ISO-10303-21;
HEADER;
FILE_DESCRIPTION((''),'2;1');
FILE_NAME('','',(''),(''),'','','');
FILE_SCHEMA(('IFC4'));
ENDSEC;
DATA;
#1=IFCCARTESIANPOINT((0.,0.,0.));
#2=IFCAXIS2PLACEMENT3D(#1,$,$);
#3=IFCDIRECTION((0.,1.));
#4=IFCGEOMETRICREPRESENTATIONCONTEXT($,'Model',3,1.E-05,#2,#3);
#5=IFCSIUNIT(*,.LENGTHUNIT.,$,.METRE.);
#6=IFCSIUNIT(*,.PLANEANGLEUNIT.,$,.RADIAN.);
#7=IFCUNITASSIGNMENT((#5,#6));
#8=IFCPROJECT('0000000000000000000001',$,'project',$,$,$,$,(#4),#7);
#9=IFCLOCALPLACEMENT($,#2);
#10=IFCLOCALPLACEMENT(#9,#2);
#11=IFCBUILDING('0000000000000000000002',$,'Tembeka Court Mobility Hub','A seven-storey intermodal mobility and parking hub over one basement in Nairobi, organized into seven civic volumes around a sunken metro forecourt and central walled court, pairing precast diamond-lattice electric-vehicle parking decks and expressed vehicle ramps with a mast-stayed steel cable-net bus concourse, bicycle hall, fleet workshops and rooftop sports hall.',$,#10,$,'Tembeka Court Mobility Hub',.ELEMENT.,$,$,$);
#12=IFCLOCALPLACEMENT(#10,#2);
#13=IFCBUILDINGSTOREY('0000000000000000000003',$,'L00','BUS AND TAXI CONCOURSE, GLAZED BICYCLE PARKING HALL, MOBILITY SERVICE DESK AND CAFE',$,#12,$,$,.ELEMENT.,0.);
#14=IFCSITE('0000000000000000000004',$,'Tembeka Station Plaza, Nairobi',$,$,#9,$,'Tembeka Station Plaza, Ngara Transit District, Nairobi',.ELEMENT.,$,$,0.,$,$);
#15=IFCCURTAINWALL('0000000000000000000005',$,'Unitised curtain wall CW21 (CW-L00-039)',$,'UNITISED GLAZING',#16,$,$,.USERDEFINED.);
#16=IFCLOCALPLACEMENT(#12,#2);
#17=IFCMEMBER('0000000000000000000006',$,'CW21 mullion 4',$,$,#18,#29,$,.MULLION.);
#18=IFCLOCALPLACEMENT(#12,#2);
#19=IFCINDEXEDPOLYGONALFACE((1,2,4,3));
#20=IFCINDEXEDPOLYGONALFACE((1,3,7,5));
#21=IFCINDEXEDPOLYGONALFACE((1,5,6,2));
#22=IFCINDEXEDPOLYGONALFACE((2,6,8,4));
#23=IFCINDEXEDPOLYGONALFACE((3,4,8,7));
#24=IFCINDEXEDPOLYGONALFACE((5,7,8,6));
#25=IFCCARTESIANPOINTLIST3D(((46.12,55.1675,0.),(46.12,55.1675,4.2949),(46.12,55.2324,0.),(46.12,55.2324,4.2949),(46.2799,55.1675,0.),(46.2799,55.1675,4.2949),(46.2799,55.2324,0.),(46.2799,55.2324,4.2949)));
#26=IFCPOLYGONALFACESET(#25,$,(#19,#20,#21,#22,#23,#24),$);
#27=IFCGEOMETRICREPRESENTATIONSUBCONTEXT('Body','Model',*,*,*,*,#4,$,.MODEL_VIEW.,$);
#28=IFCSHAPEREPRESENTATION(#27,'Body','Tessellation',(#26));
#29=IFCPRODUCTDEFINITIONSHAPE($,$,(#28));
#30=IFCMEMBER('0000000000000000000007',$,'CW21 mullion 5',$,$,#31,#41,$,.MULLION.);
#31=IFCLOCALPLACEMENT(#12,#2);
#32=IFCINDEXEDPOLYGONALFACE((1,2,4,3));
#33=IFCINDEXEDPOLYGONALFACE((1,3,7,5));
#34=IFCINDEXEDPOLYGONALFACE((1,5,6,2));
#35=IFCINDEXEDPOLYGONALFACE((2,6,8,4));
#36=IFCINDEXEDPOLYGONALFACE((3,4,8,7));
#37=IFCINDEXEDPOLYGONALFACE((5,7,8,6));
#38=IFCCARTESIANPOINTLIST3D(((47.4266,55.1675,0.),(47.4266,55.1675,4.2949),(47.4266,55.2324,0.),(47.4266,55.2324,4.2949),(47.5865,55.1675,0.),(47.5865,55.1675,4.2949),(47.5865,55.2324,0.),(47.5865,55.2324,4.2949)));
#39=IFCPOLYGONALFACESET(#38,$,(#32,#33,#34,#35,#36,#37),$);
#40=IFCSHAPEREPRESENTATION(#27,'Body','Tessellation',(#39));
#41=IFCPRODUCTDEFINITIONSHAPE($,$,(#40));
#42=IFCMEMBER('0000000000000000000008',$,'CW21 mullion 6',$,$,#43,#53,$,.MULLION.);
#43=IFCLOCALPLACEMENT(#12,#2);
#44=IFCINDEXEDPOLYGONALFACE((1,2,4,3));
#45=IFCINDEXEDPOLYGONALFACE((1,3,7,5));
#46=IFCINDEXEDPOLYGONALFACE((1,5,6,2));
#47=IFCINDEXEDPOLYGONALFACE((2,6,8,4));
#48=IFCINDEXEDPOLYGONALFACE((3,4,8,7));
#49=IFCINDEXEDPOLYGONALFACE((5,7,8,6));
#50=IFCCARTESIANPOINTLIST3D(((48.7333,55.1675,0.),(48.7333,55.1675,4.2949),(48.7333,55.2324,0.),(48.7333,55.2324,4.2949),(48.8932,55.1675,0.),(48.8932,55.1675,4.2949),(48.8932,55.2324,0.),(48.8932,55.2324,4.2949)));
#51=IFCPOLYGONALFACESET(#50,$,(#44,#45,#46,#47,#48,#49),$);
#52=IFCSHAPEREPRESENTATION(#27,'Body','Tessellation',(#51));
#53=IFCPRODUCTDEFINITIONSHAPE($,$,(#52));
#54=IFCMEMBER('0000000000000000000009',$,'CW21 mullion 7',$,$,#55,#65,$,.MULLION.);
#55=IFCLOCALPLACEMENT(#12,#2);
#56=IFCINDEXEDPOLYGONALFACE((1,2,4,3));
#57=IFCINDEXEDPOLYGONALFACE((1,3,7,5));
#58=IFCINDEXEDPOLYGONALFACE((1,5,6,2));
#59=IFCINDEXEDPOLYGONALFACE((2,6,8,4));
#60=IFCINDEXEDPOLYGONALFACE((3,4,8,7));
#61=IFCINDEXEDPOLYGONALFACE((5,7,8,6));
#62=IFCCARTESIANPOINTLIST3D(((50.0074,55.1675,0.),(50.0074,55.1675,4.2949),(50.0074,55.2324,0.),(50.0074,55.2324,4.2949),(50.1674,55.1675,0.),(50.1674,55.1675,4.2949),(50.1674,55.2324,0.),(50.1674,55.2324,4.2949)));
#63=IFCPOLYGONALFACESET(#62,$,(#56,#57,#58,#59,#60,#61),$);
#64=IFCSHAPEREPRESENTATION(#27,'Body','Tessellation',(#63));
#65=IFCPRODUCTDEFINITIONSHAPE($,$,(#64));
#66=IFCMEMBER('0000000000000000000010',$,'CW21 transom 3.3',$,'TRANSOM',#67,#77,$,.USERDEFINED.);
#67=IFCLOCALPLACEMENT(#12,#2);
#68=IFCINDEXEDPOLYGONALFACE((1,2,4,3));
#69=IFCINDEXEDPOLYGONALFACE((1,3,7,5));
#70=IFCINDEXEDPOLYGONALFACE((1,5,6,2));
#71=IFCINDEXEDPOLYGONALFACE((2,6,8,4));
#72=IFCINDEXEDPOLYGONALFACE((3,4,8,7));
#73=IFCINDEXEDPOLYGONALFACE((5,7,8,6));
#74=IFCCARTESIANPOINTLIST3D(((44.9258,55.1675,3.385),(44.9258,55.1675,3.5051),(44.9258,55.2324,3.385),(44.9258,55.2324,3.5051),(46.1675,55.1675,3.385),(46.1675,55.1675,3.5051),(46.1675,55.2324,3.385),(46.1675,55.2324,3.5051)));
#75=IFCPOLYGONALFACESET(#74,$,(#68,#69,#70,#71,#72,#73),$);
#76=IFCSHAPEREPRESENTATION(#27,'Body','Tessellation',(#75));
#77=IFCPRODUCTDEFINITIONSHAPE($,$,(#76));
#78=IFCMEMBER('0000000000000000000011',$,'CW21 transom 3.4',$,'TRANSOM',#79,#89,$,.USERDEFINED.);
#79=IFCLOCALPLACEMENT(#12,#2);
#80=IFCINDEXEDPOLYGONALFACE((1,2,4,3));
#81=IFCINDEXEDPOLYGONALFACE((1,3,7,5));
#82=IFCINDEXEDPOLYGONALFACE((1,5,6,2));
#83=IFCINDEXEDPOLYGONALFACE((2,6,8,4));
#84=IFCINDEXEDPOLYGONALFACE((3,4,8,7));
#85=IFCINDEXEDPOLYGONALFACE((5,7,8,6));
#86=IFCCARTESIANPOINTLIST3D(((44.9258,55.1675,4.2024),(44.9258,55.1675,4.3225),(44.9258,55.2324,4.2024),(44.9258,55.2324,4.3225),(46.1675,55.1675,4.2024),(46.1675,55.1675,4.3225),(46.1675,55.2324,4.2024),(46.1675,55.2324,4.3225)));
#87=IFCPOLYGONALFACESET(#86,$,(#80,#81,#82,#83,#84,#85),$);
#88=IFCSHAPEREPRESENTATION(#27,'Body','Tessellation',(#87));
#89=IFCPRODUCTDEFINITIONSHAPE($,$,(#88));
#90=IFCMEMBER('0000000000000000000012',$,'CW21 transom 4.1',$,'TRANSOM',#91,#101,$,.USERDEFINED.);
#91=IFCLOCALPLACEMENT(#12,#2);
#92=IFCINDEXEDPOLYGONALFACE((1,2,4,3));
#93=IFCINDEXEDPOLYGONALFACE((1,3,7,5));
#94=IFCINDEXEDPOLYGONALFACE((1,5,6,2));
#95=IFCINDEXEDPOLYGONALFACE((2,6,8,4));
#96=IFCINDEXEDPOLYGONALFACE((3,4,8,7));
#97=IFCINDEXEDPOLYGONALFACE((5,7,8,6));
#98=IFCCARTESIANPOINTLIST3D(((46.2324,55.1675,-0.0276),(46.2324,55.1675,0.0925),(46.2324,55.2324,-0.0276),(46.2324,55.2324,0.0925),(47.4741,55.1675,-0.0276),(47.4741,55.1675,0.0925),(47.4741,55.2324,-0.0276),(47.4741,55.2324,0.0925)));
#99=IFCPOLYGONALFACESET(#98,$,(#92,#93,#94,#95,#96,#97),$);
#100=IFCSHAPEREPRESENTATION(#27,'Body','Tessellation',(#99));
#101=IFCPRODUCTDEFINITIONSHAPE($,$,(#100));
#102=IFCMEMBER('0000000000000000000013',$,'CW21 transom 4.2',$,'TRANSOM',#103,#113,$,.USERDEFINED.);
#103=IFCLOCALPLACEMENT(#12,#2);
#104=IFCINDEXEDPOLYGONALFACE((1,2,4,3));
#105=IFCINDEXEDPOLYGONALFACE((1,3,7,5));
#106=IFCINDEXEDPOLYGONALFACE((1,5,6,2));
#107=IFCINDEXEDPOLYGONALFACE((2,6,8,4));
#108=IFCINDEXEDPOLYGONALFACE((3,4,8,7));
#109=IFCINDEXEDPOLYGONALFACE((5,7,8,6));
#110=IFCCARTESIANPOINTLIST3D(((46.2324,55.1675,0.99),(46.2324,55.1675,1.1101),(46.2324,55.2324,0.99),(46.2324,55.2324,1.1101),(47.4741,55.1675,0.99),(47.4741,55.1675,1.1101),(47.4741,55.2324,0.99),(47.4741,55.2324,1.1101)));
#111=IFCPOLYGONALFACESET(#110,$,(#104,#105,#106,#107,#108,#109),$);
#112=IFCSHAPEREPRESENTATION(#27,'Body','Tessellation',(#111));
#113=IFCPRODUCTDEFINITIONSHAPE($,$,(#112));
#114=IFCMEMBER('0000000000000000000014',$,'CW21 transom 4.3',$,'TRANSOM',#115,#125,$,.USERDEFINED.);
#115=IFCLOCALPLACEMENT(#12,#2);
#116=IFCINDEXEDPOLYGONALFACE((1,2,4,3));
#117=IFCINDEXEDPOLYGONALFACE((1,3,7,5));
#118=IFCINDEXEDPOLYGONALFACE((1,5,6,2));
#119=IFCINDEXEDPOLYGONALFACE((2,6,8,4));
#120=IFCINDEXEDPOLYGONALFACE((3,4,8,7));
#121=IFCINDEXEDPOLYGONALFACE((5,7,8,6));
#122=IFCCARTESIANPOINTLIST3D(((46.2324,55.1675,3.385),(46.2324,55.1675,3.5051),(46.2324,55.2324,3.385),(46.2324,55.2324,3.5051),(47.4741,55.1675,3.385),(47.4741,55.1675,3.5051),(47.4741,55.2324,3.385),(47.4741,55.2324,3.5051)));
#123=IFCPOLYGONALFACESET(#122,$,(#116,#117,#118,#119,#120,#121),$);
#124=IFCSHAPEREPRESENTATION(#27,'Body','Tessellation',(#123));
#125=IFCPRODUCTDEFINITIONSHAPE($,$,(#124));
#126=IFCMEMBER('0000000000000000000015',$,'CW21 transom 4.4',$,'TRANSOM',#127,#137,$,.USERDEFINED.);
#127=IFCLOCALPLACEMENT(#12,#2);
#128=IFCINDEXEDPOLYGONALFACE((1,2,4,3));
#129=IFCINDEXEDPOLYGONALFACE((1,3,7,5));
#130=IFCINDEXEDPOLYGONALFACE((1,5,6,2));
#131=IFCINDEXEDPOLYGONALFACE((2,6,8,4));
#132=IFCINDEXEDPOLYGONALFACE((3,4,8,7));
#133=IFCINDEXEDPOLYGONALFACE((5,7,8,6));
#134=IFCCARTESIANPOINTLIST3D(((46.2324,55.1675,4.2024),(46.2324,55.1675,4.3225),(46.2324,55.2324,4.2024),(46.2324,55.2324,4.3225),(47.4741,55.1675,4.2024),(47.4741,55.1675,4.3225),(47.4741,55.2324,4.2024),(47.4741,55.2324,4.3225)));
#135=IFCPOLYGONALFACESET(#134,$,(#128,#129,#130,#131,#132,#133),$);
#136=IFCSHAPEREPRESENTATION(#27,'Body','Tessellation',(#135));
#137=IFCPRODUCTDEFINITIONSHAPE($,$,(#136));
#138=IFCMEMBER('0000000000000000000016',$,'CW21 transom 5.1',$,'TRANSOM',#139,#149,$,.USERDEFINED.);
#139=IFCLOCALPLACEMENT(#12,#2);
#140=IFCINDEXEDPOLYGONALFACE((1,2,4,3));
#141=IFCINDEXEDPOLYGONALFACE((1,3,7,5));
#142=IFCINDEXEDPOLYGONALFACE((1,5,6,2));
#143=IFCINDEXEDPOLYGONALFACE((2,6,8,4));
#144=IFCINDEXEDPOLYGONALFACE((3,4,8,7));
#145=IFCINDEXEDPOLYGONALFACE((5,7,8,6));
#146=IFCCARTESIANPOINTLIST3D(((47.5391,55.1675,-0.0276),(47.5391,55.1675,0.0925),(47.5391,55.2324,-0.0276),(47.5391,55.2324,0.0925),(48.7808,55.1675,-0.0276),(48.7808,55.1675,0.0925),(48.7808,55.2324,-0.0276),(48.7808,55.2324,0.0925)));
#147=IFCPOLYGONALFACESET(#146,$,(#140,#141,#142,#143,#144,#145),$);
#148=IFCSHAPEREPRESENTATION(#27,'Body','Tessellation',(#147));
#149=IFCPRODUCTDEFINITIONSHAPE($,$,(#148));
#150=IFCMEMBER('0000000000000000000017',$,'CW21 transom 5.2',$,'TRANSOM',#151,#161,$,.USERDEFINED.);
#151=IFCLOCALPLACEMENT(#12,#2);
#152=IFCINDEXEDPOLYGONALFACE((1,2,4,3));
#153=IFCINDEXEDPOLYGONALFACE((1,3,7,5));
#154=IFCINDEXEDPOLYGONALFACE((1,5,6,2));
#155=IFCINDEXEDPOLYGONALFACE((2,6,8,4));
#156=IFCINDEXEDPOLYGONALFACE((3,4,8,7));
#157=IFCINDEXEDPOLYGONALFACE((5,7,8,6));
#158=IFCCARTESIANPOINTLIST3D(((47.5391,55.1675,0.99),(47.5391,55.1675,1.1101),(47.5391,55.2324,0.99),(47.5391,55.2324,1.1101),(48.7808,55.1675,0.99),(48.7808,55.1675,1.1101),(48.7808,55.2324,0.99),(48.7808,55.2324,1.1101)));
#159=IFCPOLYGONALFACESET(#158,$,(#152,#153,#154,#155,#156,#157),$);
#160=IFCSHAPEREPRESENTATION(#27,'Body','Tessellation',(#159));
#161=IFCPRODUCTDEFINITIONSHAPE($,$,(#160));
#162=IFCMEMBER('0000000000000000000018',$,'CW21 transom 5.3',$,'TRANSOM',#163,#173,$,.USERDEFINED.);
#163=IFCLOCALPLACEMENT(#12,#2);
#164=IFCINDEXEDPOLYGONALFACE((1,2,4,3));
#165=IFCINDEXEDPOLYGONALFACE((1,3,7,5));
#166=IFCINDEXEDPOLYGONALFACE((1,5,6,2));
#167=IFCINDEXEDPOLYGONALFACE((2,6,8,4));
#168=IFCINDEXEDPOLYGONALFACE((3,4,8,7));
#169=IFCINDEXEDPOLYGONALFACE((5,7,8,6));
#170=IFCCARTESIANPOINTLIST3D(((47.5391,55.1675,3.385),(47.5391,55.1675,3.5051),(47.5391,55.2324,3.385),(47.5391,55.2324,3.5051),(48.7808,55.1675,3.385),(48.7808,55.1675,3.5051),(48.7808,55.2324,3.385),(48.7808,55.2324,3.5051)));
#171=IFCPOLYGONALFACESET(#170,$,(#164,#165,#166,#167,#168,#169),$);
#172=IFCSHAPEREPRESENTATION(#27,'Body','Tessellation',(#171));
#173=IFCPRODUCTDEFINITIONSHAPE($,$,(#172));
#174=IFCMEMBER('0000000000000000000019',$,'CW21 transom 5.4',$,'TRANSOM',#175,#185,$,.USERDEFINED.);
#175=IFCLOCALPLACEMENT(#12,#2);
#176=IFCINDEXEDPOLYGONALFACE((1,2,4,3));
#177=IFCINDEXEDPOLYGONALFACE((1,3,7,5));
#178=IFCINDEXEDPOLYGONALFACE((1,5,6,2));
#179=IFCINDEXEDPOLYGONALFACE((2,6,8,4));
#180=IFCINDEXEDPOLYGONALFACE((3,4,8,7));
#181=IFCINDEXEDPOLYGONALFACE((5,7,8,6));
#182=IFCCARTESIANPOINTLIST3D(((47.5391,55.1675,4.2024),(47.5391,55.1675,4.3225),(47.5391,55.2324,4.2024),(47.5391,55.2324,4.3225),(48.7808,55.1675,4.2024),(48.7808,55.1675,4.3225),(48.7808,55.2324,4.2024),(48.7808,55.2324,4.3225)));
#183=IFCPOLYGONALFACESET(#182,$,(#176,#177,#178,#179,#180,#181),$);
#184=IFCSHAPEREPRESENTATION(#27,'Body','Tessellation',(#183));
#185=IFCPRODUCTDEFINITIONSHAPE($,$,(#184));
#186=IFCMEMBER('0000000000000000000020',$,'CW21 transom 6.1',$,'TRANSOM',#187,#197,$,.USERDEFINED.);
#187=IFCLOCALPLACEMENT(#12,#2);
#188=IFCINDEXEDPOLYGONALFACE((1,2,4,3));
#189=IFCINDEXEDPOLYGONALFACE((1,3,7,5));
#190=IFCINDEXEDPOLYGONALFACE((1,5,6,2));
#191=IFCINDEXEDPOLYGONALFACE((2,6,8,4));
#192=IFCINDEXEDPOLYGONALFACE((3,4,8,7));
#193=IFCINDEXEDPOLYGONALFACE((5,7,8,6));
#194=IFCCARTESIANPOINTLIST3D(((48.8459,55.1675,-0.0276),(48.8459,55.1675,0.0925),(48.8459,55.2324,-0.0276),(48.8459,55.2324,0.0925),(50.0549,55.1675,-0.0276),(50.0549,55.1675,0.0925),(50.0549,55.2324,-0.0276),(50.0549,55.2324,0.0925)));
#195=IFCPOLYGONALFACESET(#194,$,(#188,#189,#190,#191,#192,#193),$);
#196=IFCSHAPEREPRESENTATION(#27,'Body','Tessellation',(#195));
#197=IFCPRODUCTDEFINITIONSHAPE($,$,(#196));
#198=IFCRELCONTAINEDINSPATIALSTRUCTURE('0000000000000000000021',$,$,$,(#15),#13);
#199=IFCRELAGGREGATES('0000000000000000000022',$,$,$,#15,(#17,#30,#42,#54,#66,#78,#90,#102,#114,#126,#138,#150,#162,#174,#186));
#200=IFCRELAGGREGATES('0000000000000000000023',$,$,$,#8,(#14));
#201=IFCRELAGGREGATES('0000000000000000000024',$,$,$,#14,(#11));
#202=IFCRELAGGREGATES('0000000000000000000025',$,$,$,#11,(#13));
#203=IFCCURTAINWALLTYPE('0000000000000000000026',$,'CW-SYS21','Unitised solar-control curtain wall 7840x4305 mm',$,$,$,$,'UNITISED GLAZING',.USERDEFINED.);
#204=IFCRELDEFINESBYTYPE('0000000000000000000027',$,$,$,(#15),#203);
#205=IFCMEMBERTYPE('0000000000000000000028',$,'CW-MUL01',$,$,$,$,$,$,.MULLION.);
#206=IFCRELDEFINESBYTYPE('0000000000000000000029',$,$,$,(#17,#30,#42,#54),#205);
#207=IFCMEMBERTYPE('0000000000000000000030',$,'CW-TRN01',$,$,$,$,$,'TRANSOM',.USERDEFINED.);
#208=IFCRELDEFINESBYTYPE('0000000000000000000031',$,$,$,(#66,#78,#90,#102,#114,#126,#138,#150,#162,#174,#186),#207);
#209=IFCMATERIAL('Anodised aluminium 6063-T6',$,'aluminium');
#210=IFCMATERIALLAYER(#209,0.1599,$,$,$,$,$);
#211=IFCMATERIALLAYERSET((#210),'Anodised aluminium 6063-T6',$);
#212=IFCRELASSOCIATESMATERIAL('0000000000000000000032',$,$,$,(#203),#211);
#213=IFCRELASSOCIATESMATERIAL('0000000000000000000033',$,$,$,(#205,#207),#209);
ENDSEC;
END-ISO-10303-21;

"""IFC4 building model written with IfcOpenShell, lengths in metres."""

from ifc_helpers import new_model, si_unit, direction, frame, origin, origin_2d, place, context, subcontext, project, spatial, rectangle, extrude, material, layer, layer_set, material_profile, profile_set, type_object, element, aggregate, save


model = new_model("IFC4")

# Units and contexts
model_context = context("Model", 3, precision=1e-05, world=origin(), true_north=direction((0.0, 1.0)))
body_context = subcontext(model_context, "Body", "Model", "MODEL_VIEW")
ifc_project = project(units=[si_unit("LENGTHUNIT", "METRE"), si_unit("PLANEANGLEUNIT", "RADIAN")], contexts=[model_context])

# Site, building, storey
site_placement = place(None, origin())
site = spatial("IfcSite", under=ifc_project, at=site_placement, Name="Tembeka Station Plaza, Nairobi", LongName="Tembeka Station Plaza, Ngara Transit District, Nairobi", CompositionType="ELEMENT", RefElevation=0.0)
building_placement = place(site_placement, origin())
building = spatial("IfcBuilding", under=site, at=building_placement, Name="Tembeka Court Mobility Hub", Description="A seven-storey intermodal mobility and parking hub over one basement in Nairobi, organized into seven civic volumes around a sunken metro forecourt and central walled court, pairing precast diamond-lattice electric-vehicle parking decks and expressed vehicle ramps with a mast-stayed steel cable-net bus concourse, bicycle hall, fleet workshops and rooftop sports hall.", LongName="Tembeka Court Mobility Hub", CompositionType="ELEMENT")
storey_placement = place(building_placement, origin())
storey = spatial("IfcBuildingStorey", under=building, at=storey_placement, Name="L00", Description="BUS AND TAXI CONCOURSE, GLAZED BICYCLE PARKING HALL, MOBILITY SERVICE DESK AND CAFE", CompositionType="ELEMENT", Elevation=0.0)

# Curtain wall, members
ifc_material_1 = material(Name="Anodised aluminium 6063-T6", Category="aluminium")
ifc_layer_1 = layer(ifc_material_1, 0.1599)
ifc_layer_set_1 = layer_set([ifc_layer_1], Name="Anodised aluminium 6063-T6")
curtain_wall_type = type_object("IfcCurtainWallType", Name="CW-SYS21", Description="Unitised solar-control curtain wall 7840x4305 mm", ElementType="UNITISED GLAZING", PredefinedType="USERDEFINED", material=ifc_layer_set_1)
curtain_wall_placement = place(storey_placement, origin())
curtain_wall = element("IfcCurtainWall", 1, at=curtain_wall_placement, inside=storey, type_object=curtain_wall_type, Name="Unitised curtain wall CW21 (CW-L00-039)", ObjectType="UNITISED GLAZING", PredefinedType="USERDEFINED")
ifc_material_profile_1 = material_profile(ifc_material_1, rectangle(XDim=0.0649, YDim=0.1599, at=origin_2d()), Name="ALU-MUL 65x160")
ifc_profile_set_1 = profile_set([ifc_material_profile_1], Name="Anodised aluminium 6063-T6")
member_type_1 = type_object("IfcMemberType", Name="CW-MUL01", PredefinedType="MULLION", material=ifc_profile_set_1)
member_1_placement = place(storey_placement, frame((46.2, 55.2, 0.0), z_axis=(0.0, 0.0, 1.0), x_axis=(0.0, 1.0, 0.0)))
member_1 = element("IfcMember", 2, at=member_1_placement, type_object=member_type_1, Name="CW21 mullion 4", PredefinedType="MULLION", context=body_context, shape_type="SweptSolid", body=[
    extrude(rectangle(XDim=0.0649, YDim=0.1599, at=origin_2d()), origin(), (0.0, 0.0, 1.0), 4.2949),
])
member_2_placement = place(storey_placement, frame((47.5066, 55.2, 0.0), z_axis=(0.0, 0.0, 1.0), x_axis=(0.0, 1.0, 0.0)))
member_2 = element("IfcMember", 3, at=member_2_placement, type_object=member_type_1, Name="CW21 mullion 5", PredefinedType="MULLION", context=body_context, shape_type="SweptSolid", body=[
    extrude(rectangle(XDim=0.0649, YDim=0.1599, at=origin_2d()), origin(), (0.0, 0.0, 1.0), 4.2949),
])
member_3_placement = place(storey_placement, frame((48.8132, 55.2, 0.0), z_axis=(0.0, 0.0, 1.0), x_axis=(0.0, 1.0, 0.0)))
member_3 = element("IfcMember", 4, at=member_3_placement, type_object=member_type_1, Name="CW21 mullion 6", PredefinedType="MULLION", context=body_context, shape_type="SweptSolid", body=[
    extrude(rectangle(XDim=0.0649, YDim=0.1599, at=origin_2d()), origin(), (0.0, 0.0, 1.0), 4.2949),
])
member_4_placement = place(storey_placement, frame((50.0874, 55.2, 0.0), z_axis=(0.0, 0.0, 1.0), x_axis=(0.0, 1.0, 0.0)))
member_4 = element("IfcMember", 5, at=member_4_placement, type_object=member_type_1, Name="CW21 mullion 7", PredefinedType="MULLION", context=body_context, shape_type="SweptSolid", body=[
    extrude(rectangle(XDim=0.0649, YDim=0.1599, at=origin_2d()), origin(), (0.0, 0.0, 1.0), 4.2949),
])
ifc_material_profile_2 = material_profile(ifc_material_1, rectangle(XDim=0.0649, YDim=0.1201, at=origin_2d()), Name="ALU-TRN 65x120")
ifc_profile_set_2 = profile_set([ifc_material_profile_2], Name="Anodised aluminium 6063-T6")
member_type_2 = type_object("IfcMemberType", Name="CW-TRN01", ElementType="TRANSOM", PredefinedType="USERDEFINED", material=ifc_profile_set_2)
member_5_placement = place(storey_placement, frame((44.9258, 55.2, 3.4451), z_axis=(1.0, 0.0, 0.0), x_axis=(0.0, 1.0, 0.0)))
member_5 = element("IfcMember", 6, at=member_5_placement, type_object=member_type_2, Name="CW21 transom 3.3", ObjectType="TRANSOM", PredefinedType="USERDEFINED", context=body_context, shape_type="SweptSolid", body=[
    extrude(rectangle(XDim=0.0649, YDim=0.1201, at=origin_2d()), origin(), (0.0, 0.0, 1.0), 1.2417),
])
member_6_placement = place(storey_placement, frame((44.9258, 55.2, 4.2625), z_axis=(1.0, 0.0, 0.0), x_axis=(0.0, 1.0, 0.0)))
member_6 = element("IfcMember", 7, at=member_6_placement, type_object=member_type_2, Name="CW21 transom 3.4", ObjectType="TRANSOM", PredefinedType="USERDEFINED", context=body_context, shape_type="SweptSolid", body=[
    extrude(rectangle(XDim=0.0649, YDim=0.1201, at=origin_2d()), origin(), (0.0, 0.0, 1.0), 1.2417),
])
member_7_placement = place(storey_placement, frame((46.2324, 55.2, 0.0325), z_axis=(1.0, 0.0, 0.0), x_axis=(0.0, 1.0, 0.0)))
member_7 = element("IfcMember", 8, at=member_7_placement, type_object=member_type_2, Name="CW21 transom 4.1", ObjectType="TRANSOM", PredefinedType="USERDEFINED", context=body_context, shape_type="SweptSolid", body=[
    extrude(rectangle(XDim=0.0649, YDim=0.1201, at=origin_2d()), origin(), (0.0, 0.0, 1.0), 1.2417),
])
member_8_placement = place(storey_placement, frame((46.2324, 55.2, 1.05), z_axis=(1.0, 0.0, 0.0), x_axis=(0.0, 1.0, 0.0)))
member_8 = element("IfcMember", 9, at=member_8_placement, type_object=member_type_2, Name="CW21 transom 4.2", ObjectType="TRANSOM", PredefinedType="USERDEFINED", context=body_context, shape_type="SweptSolid", body=[
    extrude(rectangle(XDim=0.0649, YDim=0.1201, at=origin_2d()), origin(), (0.0, 0.0, 1.0), 1.2417),
])
member_9_placement = place(storey_placement, frame((46.2324, 55.2, 3.4451), z_axis=(1.0, 0.0, 0.0), x_axis=(0.0, 1.0, 0.0)))
member_9 = element("IfcMember", 10, at=member_9_placement, type_object=member_type_2, Name="CW21 transom 4.3", ObjectType="TRANSOM", PredefinedType="USERDEFINED", context=body_context, shape_type="SweptSolid", body=[
    extrude(rectangle(XDim=0.0649, YDim=0.1201, at=origin_2d()), origin(), (0.0, 0.0, 1.0), 1.2417),
])
member_10_placement = place(storey_placement, frame((46.2324, 55.2, 4.2625), z_axis=(1.0, 0.0, 0.0), x_axis=(0.0, 1.0, 0.0)))
member_10 = element("IfcMember", 11, at=member_10_placement, type_object=member_type_2, Name="CW21 transom 4.4", ObjectType="TRANSOM", PredefinedType="USERDEFINED", context=body_context, shape_type="SweptSolid", body=[
    extrude(rectangle(XDim=0.0649, YDim=0.1201, at=origin_2d()), origin(), (0.0, 0.0, 1.0), 1.2417),
])
member_11_placement = place(storey_placement, frame((47.5391, 55.2, 0.0325), z_axis=(1.0, 0.0, 0.0), x_axis=(0.0, 1.0, 0.0)))
member_11 = element("IfcMember", 12, at=member_11_placement, type_object=member_type_2, Name="CW21 transom 5.1", ObjectType="TRANSOM", PredefinedType="USERDEFINED", context=body_context, shape_type="SweptSolid", body=[
    extrude(rectangle(XDim=0.0649, YDim=0.1201, at=origin_2d()), origin(), (0.0, 0.0, 1.0), 1.2417),
])
member_12_placement = place(storey_placement, frame((47.5391, 55.2, 1.05), z_axis=(1.0, 0.0, 0.0), x_axis=(0.0, 1.0, 0.0)))
member_12 = element("IfcMember", 13, at=member_12_placement, type_object=member_type_2, Name="CW21 transom 5.2", ObjectType="TRANSOM", PredefinedType="USERDEFINED", context=body_context, shape_type="SweptSolid", body=[
    extrude(rectangle(XDim=0.0649, YDim=0.1201, at=origin_2d()), origin(), (0.0, 0.0, 1.0), 1.2417),
])
member_13_placement = place(storey_placement, frame((47.5391, 55.2, 3.4451), z_axis=(1.0, 0.0, 0.0), x_axis=(0.0, 1.0, 0.0)))
member_13 = element("IfcMember", 14, at=member_13_placement, type_object=member_type_2, Name="CW21 transom 5.3", ObjectType="TRANSOM", PredefinedType="USERDEFINED", context=body_context, shape_type="SweptSolid", body=[
    extrude(rectangle(XDim=0.0649, YDim=0.1201, at=origin_2d()), origin(), (0.0, 0.0, 1.0), 1.2417),
])
member_14_placement = place(storey_placement, frame((47.5391, 55.2, 4.2625), z_axis=(1.0, 0.0, 0.0), x_axis=(0.0, 1.0, 0.0)))
member_14 = element("IfcMember", 15, at=member_14_placement, type_object=member_type_2, Name="CW21 transom 5.4", ObjectType="TRANSOM", PredefinedType="USERDEFINED", context=body_context, shape_type="SweptSolid", body=[
    extrude(rectangle(XDim=0.0649, YDim=0.1201, at=origin_2d()), origin(), (0.0, 0.0, 1.0), 1.2417),
])
member_15_placement = place(storey_placement, frame((48.8459, 55.2, 0.0325), z_axis=(1.0, 0.0, 0.0), x_axis=(0.0, 1.0, 0.0)))
member_15 = element("IfcMember", 16, at=member_15_placement, type_object=member_type_2, Name="CW21 transom 6.1", ObjectType="TRANSOM", PredefinedType="USERDEFINED", context=body_context, shape_type="SweptSolid", body=[
    extrude(rectangle(XDim=0.0649, YDim=0.1201, at=origin_2d()), origin(), (0.0, 0.0, 1.0), 1.209),
])
aggregate(curtain_wall, [member_1, member_2, member_3, member_4, member_5, member_6, member_7, member_8, member_9, member_10, member_11, member_12, member_13, member_14, member_15])

save(model, "model.ifc")
